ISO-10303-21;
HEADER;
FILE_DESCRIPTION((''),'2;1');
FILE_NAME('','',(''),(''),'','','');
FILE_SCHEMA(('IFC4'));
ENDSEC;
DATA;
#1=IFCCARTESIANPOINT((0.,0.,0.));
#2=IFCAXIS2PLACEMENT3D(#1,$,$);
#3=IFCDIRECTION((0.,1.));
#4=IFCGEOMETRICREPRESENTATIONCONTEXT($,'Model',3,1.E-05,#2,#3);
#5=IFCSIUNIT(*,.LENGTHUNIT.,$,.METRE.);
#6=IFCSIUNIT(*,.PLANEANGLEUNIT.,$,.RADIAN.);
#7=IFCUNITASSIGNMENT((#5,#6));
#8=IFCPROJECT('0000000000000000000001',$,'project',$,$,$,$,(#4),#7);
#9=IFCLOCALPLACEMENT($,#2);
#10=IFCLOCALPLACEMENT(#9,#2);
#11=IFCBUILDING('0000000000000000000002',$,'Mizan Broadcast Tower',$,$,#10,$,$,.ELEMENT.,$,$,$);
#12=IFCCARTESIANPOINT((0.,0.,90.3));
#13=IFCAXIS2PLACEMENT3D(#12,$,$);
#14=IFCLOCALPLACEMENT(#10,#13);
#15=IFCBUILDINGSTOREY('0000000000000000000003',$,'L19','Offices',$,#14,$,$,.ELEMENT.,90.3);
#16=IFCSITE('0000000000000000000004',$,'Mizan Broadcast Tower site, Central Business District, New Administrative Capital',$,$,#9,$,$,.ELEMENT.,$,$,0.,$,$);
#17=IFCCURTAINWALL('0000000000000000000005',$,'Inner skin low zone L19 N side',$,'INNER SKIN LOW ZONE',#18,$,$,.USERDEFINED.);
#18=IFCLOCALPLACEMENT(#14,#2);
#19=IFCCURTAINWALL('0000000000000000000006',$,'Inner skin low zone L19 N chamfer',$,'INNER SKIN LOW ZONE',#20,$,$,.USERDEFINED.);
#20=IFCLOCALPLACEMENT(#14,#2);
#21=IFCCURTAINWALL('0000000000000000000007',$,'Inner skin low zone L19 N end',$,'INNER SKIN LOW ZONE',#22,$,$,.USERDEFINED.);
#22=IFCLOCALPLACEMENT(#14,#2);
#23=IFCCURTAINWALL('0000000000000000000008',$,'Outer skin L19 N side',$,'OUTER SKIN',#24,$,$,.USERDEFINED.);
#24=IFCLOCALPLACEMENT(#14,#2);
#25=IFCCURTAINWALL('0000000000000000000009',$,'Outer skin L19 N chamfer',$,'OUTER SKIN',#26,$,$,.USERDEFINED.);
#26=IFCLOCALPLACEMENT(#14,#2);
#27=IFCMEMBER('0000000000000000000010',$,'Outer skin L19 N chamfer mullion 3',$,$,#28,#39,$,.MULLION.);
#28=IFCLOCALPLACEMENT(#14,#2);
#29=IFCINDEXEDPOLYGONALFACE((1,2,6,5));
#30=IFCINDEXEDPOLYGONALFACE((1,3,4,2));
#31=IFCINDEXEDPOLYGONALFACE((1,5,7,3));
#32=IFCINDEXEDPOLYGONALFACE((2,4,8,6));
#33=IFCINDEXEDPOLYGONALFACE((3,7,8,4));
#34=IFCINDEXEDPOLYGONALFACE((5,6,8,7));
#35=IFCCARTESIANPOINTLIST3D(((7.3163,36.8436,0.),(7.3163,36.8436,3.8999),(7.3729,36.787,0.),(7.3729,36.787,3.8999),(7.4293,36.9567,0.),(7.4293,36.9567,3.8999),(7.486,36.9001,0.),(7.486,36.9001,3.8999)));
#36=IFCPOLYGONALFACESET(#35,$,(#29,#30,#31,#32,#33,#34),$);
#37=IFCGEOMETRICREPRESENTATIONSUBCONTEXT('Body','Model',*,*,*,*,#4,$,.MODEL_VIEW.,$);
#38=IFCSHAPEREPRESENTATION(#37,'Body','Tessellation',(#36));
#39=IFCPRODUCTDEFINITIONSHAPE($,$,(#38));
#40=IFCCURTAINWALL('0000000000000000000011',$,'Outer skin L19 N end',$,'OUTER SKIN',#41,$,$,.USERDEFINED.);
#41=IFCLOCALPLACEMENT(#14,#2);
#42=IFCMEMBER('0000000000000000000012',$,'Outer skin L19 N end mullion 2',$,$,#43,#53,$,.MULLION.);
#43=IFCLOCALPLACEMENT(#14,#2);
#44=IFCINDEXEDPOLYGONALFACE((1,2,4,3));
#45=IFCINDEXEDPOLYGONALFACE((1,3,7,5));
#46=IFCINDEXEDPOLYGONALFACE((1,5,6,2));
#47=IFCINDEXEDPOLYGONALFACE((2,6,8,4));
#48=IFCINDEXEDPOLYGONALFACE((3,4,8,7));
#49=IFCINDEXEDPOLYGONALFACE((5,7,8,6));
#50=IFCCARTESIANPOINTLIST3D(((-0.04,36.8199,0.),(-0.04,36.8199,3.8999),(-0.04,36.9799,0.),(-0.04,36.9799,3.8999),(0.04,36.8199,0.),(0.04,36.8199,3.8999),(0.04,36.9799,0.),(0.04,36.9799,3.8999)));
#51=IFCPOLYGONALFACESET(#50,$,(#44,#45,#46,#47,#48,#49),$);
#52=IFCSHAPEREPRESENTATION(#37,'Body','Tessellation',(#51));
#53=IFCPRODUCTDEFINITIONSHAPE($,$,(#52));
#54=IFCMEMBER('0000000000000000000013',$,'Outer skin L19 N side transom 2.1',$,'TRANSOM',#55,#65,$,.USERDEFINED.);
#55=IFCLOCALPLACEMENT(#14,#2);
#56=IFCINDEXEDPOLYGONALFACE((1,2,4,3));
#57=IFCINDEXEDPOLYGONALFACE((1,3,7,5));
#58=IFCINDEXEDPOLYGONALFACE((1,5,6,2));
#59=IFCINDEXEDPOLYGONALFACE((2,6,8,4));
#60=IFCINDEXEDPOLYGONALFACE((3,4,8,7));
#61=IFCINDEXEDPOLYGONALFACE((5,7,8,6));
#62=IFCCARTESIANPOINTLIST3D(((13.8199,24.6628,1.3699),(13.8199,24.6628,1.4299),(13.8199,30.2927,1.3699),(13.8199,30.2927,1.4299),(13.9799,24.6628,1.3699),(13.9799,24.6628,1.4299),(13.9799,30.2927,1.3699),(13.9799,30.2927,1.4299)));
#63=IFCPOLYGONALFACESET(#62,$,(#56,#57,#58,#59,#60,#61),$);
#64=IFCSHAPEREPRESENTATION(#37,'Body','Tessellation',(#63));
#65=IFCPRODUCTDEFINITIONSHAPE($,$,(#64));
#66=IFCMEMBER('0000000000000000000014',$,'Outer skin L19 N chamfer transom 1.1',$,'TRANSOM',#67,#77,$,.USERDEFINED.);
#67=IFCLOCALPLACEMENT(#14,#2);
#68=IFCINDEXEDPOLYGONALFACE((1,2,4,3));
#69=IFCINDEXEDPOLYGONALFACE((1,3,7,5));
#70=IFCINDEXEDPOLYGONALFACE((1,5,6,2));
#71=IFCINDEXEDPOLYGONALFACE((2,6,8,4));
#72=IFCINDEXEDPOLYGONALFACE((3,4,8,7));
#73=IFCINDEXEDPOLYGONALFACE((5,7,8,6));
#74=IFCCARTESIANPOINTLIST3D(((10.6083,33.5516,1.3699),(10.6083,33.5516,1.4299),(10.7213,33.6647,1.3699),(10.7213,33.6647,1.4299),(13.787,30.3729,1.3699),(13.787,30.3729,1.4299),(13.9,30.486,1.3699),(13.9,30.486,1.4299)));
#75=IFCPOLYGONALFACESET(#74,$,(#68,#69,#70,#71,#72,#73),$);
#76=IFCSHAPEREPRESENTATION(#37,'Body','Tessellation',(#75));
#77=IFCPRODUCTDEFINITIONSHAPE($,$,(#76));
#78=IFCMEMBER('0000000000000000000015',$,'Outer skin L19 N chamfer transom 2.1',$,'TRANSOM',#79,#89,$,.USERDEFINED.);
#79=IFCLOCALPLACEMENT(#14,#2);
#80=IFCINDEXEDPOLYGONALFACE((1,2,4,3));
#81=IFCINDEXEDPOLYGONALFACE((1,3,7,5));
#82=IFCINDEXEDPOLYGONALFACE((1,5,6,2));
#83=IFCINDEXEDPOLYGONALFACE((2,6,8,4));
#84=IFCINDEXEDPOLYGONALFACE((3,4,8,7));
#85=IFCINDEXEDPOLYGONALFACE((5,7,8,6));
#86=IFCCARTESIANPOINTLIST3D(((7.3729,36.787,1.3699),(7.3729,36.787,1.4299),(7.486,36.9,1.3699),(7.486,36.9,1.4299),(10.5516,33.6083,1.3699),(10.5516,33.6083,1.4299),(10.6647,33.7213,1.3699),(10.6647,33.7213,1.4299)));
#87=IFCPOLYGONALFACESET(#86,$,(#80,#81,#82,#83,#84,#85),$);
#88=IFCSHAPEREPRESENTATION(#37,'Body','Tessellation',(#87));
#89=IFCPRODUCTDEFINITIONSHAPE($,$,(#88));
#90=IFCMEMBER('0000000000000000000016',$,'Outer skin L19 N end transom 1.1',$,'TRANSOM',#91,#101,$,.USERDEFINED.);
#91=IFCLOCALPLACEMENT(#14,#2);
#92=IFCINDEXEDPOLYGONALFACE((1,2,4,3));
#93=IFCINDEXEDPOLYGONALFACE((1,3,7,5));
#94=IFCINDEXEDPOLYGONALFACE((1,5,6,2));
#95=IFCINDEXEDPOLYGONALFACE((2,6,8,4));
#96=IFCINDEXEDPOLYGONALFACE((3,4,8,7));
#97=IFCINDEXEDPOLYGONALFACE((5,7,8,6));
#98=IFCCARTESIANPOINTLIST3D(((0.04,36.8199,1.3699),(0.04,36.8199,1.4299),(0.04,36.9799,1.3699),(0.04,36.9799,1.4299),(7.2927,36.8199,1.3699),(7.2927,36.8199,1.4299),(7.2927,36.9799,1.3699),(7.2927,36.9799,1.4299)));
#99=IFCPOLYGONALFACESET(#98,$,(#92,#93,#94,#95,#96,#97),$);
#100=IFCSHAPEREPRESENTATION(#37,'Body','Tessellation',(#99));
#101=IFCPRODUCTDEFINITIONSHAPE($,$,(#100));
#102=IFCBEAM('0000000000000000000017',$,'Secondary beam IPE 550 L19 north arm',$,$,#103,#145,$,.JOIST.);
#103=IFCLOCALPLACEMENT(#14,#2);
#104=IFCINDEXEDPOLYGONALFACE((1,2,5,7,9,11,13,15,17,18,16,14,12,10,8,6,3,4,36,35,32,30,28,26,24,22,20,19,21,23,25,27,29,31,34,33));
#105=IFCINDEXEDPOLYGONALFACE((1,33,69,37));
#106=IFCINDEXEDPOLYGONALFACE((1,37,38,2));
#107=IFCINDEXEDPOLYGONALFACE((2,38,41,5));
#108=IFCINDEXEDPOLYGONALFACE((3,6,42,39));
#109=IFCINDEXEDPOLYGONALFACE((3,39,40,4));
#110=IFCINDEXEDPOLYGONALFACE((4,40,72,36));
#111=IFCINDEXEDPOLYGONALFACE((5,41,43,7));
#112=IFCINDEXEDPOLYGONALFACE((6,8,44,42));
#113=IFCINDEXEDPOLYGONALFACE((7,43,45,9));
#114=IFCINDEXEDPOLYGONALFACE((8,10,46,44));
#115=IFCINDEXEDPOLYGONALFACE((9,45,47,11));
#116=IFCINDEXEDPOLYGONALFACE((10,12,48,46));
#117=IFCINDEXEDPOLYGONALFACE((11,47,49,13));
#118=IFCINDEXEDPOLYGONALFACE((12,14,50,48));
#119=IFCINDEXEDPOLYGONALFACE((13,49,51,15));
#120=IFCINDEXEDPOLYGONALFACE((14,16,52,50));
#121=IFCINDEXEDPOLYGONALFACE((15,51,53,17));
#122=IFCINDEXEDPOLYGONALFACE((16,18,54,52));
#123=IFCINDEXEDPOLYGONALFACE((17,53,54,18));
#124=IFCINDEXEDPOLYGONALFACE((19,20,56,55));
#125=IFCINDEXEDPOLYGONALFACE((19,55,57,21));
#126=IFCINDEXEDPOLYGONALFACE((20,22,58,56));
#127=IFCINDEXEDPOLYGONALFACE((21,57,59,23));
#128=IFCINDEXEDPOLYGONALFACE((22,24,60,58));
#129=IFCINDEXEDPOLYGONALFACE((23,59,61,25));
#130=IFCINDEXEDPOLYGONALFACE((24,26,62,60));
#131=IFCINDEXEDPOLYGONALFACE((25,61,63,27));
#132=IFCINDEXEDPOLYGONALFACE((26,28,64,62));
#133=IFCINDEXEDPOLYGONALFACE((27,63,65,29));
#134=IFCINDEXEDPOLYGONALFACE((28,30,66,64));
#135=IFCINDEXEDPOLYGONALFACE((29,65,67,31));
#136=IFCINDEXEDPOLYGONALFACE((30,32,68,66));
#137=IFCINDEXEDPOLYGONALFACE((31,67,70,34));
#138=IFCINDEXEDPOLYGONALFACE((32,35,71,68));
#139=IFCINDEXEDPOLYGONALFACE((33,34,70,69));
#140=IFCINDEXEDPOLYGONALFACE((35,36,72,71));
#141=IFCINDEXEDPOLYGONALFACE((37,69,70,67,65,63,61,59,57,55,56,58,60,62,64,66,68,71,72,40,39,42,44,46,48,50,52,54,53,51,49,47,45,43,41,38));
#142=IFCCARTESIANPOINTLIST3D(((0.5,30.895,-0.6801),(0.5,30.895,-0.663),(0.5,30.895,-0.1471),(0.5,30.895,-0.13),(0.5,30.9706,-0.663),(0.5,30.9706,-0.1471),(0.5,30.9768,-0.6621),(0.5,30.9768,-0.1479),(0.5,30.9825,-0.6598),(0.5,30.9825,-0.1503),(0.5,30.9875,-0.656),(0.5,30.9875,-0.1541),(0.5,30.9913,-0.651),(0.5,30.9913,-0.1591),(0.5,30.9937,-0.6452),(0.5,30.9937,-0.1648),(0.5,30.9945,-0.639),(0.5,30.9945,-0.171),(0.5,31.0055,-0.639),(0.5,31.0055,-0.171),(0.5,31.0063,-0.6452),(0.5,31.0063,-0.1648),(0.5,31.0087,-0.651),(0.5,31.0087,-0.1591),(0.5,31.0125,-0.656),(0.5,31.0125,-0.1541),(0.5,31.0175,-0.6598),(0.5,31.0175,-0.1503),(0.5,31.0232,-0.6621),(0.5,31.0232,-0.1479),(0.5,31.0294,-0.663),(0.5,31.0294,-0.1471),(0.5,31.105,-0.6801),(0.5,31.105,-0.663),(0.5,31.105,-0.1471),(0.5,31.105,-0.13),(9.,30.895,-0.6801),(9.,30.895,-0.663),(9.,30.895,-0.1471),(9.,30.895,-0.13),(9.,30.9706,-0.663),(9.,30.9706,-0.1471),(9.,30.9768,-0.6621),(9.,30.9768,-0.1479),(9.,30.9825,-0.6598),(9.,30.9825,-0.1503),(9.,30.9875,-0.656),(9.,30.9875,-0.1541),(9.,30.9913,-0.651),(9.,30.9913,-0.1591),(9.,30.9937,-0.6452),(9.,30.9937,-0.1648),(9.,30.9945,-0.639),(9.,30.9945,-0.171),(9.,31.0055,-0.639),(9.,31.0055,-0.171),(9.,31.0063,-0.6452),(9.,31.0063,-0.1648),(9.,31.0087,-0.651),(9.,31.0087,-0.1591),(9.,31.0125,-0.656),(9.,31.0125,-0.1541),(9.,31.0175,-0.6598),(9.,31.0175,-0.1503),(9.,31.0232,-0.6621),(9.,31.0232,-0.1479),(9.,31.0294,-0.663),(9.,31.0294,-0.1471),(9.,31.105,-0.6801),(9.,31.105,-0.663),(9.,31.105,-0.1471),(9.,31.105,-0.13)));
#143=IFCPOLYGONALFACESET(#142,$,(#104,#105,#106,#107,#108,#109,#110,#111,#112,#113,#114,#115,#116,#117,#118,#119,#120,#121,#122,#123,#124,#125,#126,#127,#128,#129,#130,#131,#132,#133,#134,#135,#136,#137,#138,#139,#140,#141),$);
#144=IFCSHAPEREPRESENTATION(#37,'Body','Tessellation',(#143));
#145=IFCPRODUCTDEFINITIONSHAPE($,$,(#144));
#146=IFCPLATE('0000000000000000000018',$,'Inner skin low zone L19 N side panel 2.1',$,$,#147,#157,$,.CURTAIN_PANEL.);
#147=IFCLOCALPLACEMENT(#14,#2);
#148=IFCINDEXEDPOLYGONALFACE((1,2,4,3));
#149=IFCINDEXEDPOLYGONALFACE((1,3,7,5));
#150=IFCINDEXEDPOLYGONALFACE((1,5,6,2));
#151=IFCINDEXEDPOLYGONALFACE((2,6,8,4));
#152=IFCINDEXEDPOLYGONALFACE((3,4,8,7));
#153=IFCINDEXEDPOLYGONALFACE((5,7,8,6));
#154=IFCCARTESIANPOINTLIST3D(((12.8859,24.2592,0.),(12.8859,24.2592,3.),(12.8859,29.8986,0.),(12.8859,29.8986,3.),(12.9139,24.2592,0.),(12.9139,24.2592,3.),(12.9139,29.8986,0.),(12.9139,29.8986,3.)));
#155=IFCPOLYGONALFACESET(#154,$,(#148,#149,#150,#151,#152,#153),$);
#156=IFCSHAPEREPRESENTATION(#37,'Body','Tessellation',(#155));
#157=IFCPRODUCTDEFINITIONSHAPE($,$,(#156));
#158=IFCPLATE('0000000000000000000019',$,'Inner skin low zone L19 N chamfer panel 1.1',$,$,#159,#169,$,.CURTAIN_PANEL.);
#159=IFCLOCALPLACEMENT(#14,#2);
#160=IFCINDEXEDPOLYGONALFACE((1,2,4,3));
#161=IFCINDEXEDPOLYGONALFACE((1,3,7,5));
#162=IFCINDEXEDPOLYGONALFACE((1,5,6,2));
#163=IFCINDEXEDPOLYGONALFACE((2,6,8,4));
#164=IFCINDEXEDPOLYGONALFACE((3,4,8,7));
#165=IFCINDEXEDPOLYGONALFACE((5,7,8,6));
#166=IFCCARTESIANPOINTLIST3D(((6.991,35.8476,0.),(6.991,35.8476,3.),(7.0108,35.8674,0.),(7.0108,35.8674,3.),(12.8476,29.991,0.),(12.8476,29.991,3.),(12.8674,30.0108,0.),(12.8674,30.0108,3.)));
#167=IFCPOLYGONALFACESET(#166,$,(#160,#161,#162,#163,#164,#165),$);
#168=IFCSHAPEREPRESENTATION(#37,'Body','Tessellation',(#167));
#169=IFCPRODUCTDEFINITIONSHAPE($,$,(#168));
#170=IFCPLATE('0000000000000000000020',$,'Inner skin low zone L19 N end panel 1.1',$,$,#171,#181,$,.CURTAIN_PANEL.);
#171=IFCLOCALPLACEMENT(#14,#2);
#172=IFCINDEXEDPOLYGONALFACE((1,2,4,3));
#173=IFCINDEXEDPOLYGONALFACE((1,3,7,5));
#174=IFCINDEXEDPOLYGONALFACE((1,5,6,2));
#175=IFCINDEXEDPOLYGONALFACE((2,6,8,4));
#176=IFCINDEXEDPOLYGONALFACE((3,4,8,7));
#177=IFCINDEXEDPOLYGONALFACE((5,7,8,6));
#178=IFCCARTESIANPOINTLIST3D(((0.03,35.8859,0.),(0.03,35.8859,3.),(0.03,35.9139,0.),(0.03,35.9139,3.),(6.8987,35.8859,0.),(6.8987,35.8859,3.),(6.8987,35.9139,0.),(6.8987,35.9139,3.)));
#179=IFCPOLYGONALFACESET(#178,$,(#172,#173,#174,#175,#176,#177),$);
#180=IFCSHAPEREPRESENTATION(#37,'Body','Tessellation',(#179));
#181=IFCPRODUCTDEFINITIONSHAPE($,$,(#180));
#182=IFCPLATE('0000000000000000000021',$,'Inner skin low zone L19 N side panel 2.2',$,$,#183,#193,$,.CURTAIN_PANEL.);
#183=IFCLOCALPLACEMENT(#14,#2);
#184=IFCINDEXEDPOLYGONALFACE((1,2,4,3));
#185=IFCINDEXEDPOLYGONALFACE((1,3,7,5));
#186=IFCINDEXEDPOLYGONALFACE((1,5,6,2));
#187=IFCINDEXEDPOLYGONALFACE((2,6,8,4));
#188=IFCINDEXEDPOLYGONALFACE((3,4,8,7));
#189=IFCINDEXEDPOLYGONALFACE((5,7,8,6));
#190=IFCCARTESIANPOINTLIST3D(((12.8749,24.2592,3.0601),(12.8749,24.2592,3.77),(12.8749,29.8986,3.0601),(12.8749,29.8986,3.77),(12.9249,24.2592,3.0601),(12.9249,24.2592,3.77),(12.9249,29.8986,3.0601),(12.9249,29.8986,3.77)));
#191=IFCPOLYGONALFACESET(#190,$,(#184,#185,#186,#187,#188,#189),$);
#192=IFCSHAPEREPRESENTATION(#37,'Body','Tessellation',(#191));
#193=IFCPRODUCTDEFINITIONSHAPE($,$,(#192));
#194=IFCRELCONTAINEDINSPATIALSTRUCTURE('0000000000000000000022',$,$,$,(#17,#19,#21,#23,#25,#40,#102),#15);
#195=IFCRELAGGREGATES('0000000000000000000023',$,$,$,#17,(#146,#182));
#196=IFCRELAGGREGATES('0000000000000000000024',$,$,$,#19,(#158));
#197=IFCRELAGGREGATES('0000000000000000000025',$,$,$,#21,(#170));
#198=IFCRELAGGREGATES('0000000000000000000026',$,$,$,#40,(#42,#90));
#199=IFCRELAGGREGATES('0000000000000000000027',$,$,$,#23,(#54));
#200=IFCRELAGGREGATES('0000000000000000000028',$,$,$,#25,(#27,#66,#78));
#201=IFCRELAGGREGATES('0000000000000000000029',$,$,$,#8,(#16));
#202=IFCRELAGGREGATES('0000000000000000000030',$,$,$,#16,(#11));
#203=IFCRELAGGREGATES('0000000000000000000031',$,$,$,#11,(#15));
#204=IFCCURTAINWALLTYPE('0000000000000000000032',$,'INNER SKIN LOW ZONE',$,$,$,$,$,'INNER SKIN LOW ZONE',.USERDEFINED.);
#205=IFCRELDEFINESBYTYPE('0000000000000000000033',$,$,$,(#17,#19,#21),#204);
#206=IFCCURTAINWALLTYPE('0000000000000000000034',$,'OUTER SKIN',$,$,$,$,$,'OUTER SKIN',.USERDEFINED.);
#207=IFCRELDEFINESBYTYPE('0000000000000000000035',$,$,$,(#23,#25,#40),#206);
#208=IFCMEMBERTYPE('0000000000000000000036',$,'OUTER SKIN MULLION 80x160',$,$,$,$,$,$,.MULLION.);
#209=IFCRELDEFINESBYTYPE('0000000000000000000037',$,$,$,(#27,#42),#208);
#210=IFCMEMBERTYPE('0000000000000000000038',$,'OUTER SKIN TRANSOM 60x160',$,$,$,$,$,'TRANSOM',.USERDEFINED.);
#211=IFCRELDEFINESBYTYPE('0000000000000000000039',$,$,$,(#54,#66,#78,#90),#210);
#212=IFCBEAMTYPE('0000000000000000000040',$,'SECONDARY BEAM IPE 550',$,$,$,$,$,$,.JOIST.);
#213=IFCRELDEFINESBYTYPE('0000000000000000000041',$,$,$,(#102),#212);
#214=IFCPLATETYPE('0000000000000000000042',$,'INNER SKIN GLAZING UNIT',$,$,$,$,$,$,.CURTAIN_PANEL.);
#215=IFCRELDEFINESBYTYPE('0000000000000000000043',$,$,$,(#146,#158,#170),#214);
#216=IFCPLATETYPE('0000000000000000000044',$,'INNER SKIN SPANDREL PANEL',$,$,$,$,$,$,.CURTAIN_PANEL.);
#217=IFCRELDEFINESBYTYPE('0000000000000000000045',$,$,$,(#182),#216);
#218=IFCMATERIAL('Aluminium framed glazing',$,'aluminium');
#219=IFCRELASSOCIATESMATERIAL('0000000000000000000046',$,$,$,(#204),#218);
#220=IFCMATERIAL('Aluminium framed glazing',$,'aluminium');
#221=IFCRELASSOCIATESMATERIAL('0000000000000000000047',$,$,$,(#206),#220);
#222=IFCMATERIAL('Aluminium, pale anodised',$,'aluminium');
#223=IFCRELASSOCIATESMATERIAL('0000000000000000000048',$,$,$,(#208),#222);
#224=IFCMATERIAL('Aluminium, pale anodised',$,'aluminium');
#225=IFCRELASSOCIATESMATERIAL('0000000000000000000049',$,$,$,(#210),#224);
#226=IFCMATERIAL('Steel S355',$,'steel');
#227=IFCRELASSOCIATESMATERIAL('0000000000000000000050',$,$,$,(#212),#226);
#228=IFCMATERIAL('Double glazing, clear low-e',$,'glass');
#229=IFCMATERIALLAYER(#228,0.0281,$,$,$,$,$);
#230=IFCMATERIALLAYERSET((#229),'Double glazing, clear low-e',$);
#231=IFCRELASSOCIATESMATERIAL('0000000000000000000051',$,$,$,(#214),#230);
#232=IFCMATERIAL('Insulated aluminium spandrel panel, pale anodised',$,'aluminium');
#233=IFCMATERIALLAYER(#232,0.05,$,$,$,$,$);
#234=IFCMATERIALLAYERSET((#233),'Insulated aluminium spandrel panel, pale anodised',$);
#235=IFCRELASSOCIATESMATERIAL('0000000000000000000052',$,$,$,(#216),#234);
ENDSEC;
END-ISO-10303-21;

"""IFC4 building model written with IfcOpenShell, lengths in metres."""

from ifc_helpers import new_model, si_unit, direction, frame, origin, origin_2d, place, context, subcontext, project, spatial, rectangle, i_section, extrude, material, layer, layer_set, material_profile, profile_set, type_object, element, aggregate, save


model = new_model("IFC4")

# Units and contexts
model_context = context("Model", 3, precision=1e-05, world=origin(), true_north=direction((0.0, 1.0)))
body_context = subcontext(model_context, "Body", "Model", "MODEL_VIEW")
ifc_project = project(units=[si_unit("LENGTHUNIT", "METRE"), si_unit("PLANEANGLEUNIT", "RADIAN")], contexts=[model_context])

# Site, building, storey
site_placement = place(None, origin())
site = spatial("IfcSite", under=ifc_project, at=site_placement, Name="Mizan Broadcast Tower site, Central Business District, New Administrative Capital", CompositionType="ELEMENT", RefElevation=0.0)
building_placement = place(site_placement, origin())
building = spatial("IfcBuilding", under=site, at=building_placement, Name="Mizan Broadcast Tower", CompositionType="ELEMENT")
storey_placement = place(building_placement, frame((0.0, 0.0, 90.3)))
storey = spatial("IfcBuildingStorey", under=building, at=storey_placement, Name="L19", Description="Offices", CompositionType="ELEMENT", Elevation=90.3)

# Curtain walls
ifc_material_1 = material(Name="Aluminium framed glazing", Category="aluminium")
curtain_wall_type_1 = type_object("IfcCurtainWallType", Name="INNER SKIN LOW ZONE", ElementType="INNER SKIN LOW ZONE", PredefinedType="USERDEFINED", material=ifc_material_1)
curtain_wall_1_placement = place(storey_placement, origin())
curtain_wall_1 = element("IfcCurtainWall", 1, at=curtain_wall_1_placement, inside=storey, type_object=curtain_wall_type_1, Name="Inner skin low zone L19 N side", ObjectType="INNER SKIN LOW ZONE", PredefinedType="USERDEFINED")
curtain_wall_2_placement = place(storey_placement, origin())
curtain_wall_2 = element("IfcCurtainWall", 2, at=curtain_wall_2_placement, inside=storey, type_object=curtain_wall_type_1, Name="Inner skin low zone L19 N chamfer", ObjectType="INNER SKIN LOW ZONE", PredefinedType="USERDEFINED")
curtain_wall_3_placement = place(storey_placement, origin())
curtain_wall_3 = element("IfcCurtainWall", 3, at=curtain_wall_3_placement, inside=storey, type_object=curtain_wall_type_1, Name="Inner skin low zone L19 N end", ObjectType="INNER SKIN LOW ZONE", PredefinedType="USERDEFINED")

# Curtain wall
ifc_material_2 = material(Name="Aluminium framed glazing", Category="aluminium")
curtain_wall_type_2 = type_object("IfcCurtainWallType", Name="OUTER SKIN", ElementType="OUTER SKIN", PredefinedType="USERDEFINED", material=ifc_material_2)
curtain_wall_4_placement = place(storey_placement, origin())
curtain_wall_4 = element("IfcCurtainWall", 4, at=curtain_wall_4_placement, inside=storey, type_object=curtain_wall_type_2, Name="Outer skin L19 N side", ObjectType="OUTER SKIN", PredefinedType="USERDEFINED")
ifc_material_3 = material(Name="Aluminium, pale anodised", Category="aluminium")
ifc_material_profile_1 = material_profile(ifc_material_3, rectangle(XDim=0.1599, YDim=0.0801, at=origin_2d()), Name="MULLION 160x80")
ifc_profile_set_1 = profile_set([ifc_material_profile_1], Name="Aluminium, pale anodised")
member_type_1 = type_object("IfcMemberType", Name="OUTER SKIN MULLION 80x160", PredefinedType="MULLION", material=ifc_profile_set_1)

# Curtain wall, member
curtain_wall_5_placement = place(storey_placement, origin())
curtain_wall_5 = element("IfcCurtainWall", 5, at=curtain_wall_5_placement, inside=storey, type_object=curtain_wall_type_2, Name="Outer skin L19 N chamfer", ObjectType="OUTER SKIN", PredefinedType="USERDEFINED")
member_1_placement = place(storey_placement, frame((7.4011, 36.8718, 0.0), z_axis=(0.0, 0.0, 1.0), x_axis=(-0.707107, -0.707107, 0.0)))
member_1 = element("IfcMember", 6, at=member_1_placement, type_object=member_type_1, Name="Outer skin L19 N chamfer mullion 3", PredefinedType="MULLION", context=body_context, shape_type="SweptSolid", body=[
    extrude(rectangle(XDim=0.1599, YDim=0.0801, at=origin_2d()), origin(), (0.0, 0.0, 1.0), 3.8999),
])

# Curtain wall, member
curtain_wall_6_placement = place(storey_placement, origin())
curtain_wall_6 = element("IfcCurtainWall", 7, at=curtain_wall_6_placement, inside=storey, type_object=curtain_wall_type_2, Name="Outer skin L19 N end", ObjectType="OUTER SKIN", PredefinedType="USERDEFINED")
member_2_placement = place(storey_placement, frame((0.0, 36.8999, 0.0), z_axis=(0.0, 0.0, 1.0), x_axis=(0.0, -1.0, 0.0)))
member_2 = element("IfcMember", 8, at=member_2_placement, type_object=member_type_1, Name="Outer skin L19 N end mullion 2", PredefinedType="MULLION", context=body_context, shape_type="SweptSolid", body=[
    extrude(rectangle(XDim=0.1599, YDim=0.0801, at=origin_2d()), origin(), (0.0, 0.0, 1.0), 3.8999),
])

# Members
ifc_material_4 = material(Name="Aluminium, pale anodised", Category="aluminium")
ifc_material_profile_2 = material_profile(ifc_material_4, rectangle(XDim=0.1599, YDim=0.0601, at=origin_2d()), Name="TRANSOM 160x60")
ifc_profile_set_2 = profile_set([ifc_material_profile_2], Name="Aluminium, pale anodised")
member_type_2 = type_object("IfcMemberType", Name="OUTER SKIN TRANSOM 60x160", ElementType="TRANSOM", PredefinedType="USERDEFINED", material=ifc_profile_set_2)
member_3_placement = place(storey_placement, frame((13.8999, 24.6628, 1.3999), z_axis=(0.0, 1.0, 0.0), x_axis=(-1.0, 0.0, 0.0)))
member_3 = element("IfcMember", 9, at=member_3_placement, type_object=member_type_2, Name="Outer skin L19 N side transom 2.1", ObjectType="TRANSOM", PredefinedType="USERDEFINED", context=body_context, shape_type="SweptSolid", body=[
    extrude(rectangle(XDim=0.1599, YDim=0.0601, at=origin_2d()), origin(), (0.0, 0.0, 1.0), 5.6299),
])
member_4_placement = place(storey_placement, frame((13.8435, 30.4294, 1.3999), z_axis=(-0.707107, 0.707107, 0.0), x_axis=(-0.707107, -0.707107, 0.0)))
member_4 = element("IfcMember", 10, at=member_4_placement, type_object=member_type_2, Name="Outer skin L19 N chamfer transom 1.1", ObjectType="TRANSOM", PredefinedType="USERDEFINED", context=body_context, shape_type="SweptSolid", body=[
    extrude(rectangle(XDim=0.1599, YDim=0.0601, at=origin_2d()), origin(), (0.0, 0.0, 1.0), 4.4954),
])
member_5_placement = place(storey_placement, frame((10.6082, 33.6648, 1.3999), z_axis=(-0.707107, 0.707107, 0.0), x_axis=(-0.707107, -0.707107, 0.0)))
member_5 = element("IfcMember", 11, at=member_5_placement, type_object=member_type_2, Name="Outer skin L19 N chamfer transom 2.1", ObjectType="TRANSOM", PredefinedType="USERDEFINED", context=body_context, shape_type="SweptSolid", body=[
    extrude(rectangle(XDim=0.1599, YDim=0.0601, at=origin_2d()), origin(), (0.0, 0.0, 1.0), 4.4954),
])
member_6_placement = place(storey_placement, frame((7.2927, 36.8999, 1.3999), z_axis=(-1.0, 0.0, 0.0), x_axis=(0.0, -1.0, 0.0)))
member_6 = element("IfcMember", 12, at=member_6_placement, type_object=member_type_2, Name="Outer skin L19 N end transom 1.1", ObjectType="TRANSOM", PredefinedType="USERDEFINED", context=body_context, shape_type="SweptSolid", body=[
    extrude(rectangle(XDim=0.1599, YDim=0.0601, at=origin_2d()), origin(), (0.0, 0.0, 1.0), 7.2527),
])

# Beam
ifc_material_5 = material(Name="Steel S355", Category="steel")
ifc_material_profile_3 = material_profile(ifc_material_5, i_section(OverallWidth=0.21, OverallDepth=0.55, WebThickness=0.011, FlangeThickness=0.0171, FilletRadius=0.0239, at=origin_2d()), Name="IPE 550")
ifc_profile_set_3 = profile_set([ifc_material_profile_3], Name="Steel S355")
beam_type_1 = type_object("IfcBeamType", Name="SECONDARY BEAM IPE 550", PredefinedType="JOIST", material=ifc_profile_set_3)
beam_1_placement = place(storey_placement, frame((9.0, 31.0, -0.405), z_axis=(-1.0, 0.0, 0.0), x_axis=(0.0, -1.0, 0.0)))
element("IfcBeam", 13, at=beam_1_placement, inside=storey, type_object=beam_type_1, Name="Secondary beam IPE 550 L19 north arm", PredefinedType="JOIST", context=body_context, shape_type="SweptSolid", body=[
    extrude(i_section(OverallWidth=0.21, OverallDepth=0.55, WebThickness=0.011, FlangeThickness=0.0171, FilletRadius=0.0239, at=origin_2d()), origin(), (0.0, 0.0, 1.0), 8.5),
])

# Plates
ifc_material_6 = material(Name="Double glazing, clear low-e", Category="glass")
ifc_layer_1 = layer(ifc_material_6, 0.0281)
ifc_layer_set_1 = layer_set([ifc_layer_1], Name="Double glazing, clear low-e")
plate_type_1 = type_object("IfcPlateType", Name="INNER SKIN GLAZING UNIT", PredefinedType="CURTAIN_PANEL", material=ifc_layer_set_1)
plate_1_placement = place(storey_placement, frame((12.8999, 27.0789, 0.0), z_axis=(0.0, 0.0, 1.0), x_axis=(0.0, 1.0, 0.0)))
plate_1 = element("IfcPlate", 14, at=plate_1_placement, type_object=plate_type_1, Name="Inner skin low zone L19 N side panel 2.1", PredefinedType="CURTAIN_PANEL", context=body_context, shape_type="SweptSolid", body=[
    extrude(rectangle(XDim=5.6394, YDim=0.0281, at=origin_2d()), origin(), (0.0, 0.0, 1.0), 3.0),
])
plate_2_placement = place(storey_placement, frame((9.9292, 32.9292, 0.0), z_axis=(0.0, 0.0, 1.0), x_axis=(-0.707107, 0.707107, 0.0)))
plate_2 = element("IfcPlate", 15, at=plate_2_placement, type_object=plate_type_1, Name="Inner skin low zone L19 N chamfer panel 1.1", PredefinedType="CURTAIN_PANEL", context=body_context, shape_type="SweptSolid", body=[
    extrude(rectangle(XDim=8.2825, YDim=0.0281, at=origin_2d()), origin(), (0.0, 0.0, 1.0), 3.0),
])
plate_3_placement = place(storey_placement, frame((3.4644, 35.8999, 0.0), z_axis=(0.0, 0.0, 1.0), x_axis=(-1.0, 0.0, 0.0)))
plate_3 = element("IfcPlate", 16, at=plate_3_placement, type_object=plate_type_1, Name="Inner skin low zone L19 N end panel 1.1", PredefinedType="CURTAIN_PANEL", context=body_context, shape_type="SweptSolid", body=[
    extrude(rectangle(XDim=6.8687, YDim=0.0281, at=origin_2d()), origin(), (0.0, 0.0, 1.0), 3.0),
])
ifc_material_7 = material(Name="Insulated aluminium spandrel panel, pale anodised", Category="aluminium")
ifc_layer_2 = layer(ifc_material_7, 0.05)
ifc_layer_set_2 = layer_set([ifc_layer_2], Name="Insulated aluminium spandrel panel, pale anodised")
plate_type_2 = type_object("IfcPlateType", Name="INNER SKIN SPANDREL PANEL", PredefinedType="CURTAIN_PANEL", material=ifc_layer_set_2)
plate_4_placement = place(storey_placement, frame((12.8999, 27.0789, 3.0601), z_axis=(0.0, 0.0, 1.0), x_axis=(0.0, 1.0, 0.0)))
plate_4 = element("IfcPlate", 17, at=plate_4_placement, type_object=plate_type_2, Name="Inner skin low zone L19 N side panel 2.2", PredefinedType="CURTAIN_PANEL", context=body_context, shape_type="SweptSolid", body=[
    extrude(rectangle(XDim=5.6394, YDim=0.05, at=origin_2d()), origin(), (0.0, 0.0, 1.0), 0.71),
])
aggregate(curtain_wall_1, [plate_1, plate_4])
aggregate(curtain_wall_2, [plate_2])
aggregate(curtain_wall_3, [plate_3])
aggregate(curtain_wall_6, [member_2, member_6])
aggregate(curtain_wall_4, [member_3])
aggregate(curtain_wall_5, [member_1, member_4, member_5])

save(model, "model.ifc")
